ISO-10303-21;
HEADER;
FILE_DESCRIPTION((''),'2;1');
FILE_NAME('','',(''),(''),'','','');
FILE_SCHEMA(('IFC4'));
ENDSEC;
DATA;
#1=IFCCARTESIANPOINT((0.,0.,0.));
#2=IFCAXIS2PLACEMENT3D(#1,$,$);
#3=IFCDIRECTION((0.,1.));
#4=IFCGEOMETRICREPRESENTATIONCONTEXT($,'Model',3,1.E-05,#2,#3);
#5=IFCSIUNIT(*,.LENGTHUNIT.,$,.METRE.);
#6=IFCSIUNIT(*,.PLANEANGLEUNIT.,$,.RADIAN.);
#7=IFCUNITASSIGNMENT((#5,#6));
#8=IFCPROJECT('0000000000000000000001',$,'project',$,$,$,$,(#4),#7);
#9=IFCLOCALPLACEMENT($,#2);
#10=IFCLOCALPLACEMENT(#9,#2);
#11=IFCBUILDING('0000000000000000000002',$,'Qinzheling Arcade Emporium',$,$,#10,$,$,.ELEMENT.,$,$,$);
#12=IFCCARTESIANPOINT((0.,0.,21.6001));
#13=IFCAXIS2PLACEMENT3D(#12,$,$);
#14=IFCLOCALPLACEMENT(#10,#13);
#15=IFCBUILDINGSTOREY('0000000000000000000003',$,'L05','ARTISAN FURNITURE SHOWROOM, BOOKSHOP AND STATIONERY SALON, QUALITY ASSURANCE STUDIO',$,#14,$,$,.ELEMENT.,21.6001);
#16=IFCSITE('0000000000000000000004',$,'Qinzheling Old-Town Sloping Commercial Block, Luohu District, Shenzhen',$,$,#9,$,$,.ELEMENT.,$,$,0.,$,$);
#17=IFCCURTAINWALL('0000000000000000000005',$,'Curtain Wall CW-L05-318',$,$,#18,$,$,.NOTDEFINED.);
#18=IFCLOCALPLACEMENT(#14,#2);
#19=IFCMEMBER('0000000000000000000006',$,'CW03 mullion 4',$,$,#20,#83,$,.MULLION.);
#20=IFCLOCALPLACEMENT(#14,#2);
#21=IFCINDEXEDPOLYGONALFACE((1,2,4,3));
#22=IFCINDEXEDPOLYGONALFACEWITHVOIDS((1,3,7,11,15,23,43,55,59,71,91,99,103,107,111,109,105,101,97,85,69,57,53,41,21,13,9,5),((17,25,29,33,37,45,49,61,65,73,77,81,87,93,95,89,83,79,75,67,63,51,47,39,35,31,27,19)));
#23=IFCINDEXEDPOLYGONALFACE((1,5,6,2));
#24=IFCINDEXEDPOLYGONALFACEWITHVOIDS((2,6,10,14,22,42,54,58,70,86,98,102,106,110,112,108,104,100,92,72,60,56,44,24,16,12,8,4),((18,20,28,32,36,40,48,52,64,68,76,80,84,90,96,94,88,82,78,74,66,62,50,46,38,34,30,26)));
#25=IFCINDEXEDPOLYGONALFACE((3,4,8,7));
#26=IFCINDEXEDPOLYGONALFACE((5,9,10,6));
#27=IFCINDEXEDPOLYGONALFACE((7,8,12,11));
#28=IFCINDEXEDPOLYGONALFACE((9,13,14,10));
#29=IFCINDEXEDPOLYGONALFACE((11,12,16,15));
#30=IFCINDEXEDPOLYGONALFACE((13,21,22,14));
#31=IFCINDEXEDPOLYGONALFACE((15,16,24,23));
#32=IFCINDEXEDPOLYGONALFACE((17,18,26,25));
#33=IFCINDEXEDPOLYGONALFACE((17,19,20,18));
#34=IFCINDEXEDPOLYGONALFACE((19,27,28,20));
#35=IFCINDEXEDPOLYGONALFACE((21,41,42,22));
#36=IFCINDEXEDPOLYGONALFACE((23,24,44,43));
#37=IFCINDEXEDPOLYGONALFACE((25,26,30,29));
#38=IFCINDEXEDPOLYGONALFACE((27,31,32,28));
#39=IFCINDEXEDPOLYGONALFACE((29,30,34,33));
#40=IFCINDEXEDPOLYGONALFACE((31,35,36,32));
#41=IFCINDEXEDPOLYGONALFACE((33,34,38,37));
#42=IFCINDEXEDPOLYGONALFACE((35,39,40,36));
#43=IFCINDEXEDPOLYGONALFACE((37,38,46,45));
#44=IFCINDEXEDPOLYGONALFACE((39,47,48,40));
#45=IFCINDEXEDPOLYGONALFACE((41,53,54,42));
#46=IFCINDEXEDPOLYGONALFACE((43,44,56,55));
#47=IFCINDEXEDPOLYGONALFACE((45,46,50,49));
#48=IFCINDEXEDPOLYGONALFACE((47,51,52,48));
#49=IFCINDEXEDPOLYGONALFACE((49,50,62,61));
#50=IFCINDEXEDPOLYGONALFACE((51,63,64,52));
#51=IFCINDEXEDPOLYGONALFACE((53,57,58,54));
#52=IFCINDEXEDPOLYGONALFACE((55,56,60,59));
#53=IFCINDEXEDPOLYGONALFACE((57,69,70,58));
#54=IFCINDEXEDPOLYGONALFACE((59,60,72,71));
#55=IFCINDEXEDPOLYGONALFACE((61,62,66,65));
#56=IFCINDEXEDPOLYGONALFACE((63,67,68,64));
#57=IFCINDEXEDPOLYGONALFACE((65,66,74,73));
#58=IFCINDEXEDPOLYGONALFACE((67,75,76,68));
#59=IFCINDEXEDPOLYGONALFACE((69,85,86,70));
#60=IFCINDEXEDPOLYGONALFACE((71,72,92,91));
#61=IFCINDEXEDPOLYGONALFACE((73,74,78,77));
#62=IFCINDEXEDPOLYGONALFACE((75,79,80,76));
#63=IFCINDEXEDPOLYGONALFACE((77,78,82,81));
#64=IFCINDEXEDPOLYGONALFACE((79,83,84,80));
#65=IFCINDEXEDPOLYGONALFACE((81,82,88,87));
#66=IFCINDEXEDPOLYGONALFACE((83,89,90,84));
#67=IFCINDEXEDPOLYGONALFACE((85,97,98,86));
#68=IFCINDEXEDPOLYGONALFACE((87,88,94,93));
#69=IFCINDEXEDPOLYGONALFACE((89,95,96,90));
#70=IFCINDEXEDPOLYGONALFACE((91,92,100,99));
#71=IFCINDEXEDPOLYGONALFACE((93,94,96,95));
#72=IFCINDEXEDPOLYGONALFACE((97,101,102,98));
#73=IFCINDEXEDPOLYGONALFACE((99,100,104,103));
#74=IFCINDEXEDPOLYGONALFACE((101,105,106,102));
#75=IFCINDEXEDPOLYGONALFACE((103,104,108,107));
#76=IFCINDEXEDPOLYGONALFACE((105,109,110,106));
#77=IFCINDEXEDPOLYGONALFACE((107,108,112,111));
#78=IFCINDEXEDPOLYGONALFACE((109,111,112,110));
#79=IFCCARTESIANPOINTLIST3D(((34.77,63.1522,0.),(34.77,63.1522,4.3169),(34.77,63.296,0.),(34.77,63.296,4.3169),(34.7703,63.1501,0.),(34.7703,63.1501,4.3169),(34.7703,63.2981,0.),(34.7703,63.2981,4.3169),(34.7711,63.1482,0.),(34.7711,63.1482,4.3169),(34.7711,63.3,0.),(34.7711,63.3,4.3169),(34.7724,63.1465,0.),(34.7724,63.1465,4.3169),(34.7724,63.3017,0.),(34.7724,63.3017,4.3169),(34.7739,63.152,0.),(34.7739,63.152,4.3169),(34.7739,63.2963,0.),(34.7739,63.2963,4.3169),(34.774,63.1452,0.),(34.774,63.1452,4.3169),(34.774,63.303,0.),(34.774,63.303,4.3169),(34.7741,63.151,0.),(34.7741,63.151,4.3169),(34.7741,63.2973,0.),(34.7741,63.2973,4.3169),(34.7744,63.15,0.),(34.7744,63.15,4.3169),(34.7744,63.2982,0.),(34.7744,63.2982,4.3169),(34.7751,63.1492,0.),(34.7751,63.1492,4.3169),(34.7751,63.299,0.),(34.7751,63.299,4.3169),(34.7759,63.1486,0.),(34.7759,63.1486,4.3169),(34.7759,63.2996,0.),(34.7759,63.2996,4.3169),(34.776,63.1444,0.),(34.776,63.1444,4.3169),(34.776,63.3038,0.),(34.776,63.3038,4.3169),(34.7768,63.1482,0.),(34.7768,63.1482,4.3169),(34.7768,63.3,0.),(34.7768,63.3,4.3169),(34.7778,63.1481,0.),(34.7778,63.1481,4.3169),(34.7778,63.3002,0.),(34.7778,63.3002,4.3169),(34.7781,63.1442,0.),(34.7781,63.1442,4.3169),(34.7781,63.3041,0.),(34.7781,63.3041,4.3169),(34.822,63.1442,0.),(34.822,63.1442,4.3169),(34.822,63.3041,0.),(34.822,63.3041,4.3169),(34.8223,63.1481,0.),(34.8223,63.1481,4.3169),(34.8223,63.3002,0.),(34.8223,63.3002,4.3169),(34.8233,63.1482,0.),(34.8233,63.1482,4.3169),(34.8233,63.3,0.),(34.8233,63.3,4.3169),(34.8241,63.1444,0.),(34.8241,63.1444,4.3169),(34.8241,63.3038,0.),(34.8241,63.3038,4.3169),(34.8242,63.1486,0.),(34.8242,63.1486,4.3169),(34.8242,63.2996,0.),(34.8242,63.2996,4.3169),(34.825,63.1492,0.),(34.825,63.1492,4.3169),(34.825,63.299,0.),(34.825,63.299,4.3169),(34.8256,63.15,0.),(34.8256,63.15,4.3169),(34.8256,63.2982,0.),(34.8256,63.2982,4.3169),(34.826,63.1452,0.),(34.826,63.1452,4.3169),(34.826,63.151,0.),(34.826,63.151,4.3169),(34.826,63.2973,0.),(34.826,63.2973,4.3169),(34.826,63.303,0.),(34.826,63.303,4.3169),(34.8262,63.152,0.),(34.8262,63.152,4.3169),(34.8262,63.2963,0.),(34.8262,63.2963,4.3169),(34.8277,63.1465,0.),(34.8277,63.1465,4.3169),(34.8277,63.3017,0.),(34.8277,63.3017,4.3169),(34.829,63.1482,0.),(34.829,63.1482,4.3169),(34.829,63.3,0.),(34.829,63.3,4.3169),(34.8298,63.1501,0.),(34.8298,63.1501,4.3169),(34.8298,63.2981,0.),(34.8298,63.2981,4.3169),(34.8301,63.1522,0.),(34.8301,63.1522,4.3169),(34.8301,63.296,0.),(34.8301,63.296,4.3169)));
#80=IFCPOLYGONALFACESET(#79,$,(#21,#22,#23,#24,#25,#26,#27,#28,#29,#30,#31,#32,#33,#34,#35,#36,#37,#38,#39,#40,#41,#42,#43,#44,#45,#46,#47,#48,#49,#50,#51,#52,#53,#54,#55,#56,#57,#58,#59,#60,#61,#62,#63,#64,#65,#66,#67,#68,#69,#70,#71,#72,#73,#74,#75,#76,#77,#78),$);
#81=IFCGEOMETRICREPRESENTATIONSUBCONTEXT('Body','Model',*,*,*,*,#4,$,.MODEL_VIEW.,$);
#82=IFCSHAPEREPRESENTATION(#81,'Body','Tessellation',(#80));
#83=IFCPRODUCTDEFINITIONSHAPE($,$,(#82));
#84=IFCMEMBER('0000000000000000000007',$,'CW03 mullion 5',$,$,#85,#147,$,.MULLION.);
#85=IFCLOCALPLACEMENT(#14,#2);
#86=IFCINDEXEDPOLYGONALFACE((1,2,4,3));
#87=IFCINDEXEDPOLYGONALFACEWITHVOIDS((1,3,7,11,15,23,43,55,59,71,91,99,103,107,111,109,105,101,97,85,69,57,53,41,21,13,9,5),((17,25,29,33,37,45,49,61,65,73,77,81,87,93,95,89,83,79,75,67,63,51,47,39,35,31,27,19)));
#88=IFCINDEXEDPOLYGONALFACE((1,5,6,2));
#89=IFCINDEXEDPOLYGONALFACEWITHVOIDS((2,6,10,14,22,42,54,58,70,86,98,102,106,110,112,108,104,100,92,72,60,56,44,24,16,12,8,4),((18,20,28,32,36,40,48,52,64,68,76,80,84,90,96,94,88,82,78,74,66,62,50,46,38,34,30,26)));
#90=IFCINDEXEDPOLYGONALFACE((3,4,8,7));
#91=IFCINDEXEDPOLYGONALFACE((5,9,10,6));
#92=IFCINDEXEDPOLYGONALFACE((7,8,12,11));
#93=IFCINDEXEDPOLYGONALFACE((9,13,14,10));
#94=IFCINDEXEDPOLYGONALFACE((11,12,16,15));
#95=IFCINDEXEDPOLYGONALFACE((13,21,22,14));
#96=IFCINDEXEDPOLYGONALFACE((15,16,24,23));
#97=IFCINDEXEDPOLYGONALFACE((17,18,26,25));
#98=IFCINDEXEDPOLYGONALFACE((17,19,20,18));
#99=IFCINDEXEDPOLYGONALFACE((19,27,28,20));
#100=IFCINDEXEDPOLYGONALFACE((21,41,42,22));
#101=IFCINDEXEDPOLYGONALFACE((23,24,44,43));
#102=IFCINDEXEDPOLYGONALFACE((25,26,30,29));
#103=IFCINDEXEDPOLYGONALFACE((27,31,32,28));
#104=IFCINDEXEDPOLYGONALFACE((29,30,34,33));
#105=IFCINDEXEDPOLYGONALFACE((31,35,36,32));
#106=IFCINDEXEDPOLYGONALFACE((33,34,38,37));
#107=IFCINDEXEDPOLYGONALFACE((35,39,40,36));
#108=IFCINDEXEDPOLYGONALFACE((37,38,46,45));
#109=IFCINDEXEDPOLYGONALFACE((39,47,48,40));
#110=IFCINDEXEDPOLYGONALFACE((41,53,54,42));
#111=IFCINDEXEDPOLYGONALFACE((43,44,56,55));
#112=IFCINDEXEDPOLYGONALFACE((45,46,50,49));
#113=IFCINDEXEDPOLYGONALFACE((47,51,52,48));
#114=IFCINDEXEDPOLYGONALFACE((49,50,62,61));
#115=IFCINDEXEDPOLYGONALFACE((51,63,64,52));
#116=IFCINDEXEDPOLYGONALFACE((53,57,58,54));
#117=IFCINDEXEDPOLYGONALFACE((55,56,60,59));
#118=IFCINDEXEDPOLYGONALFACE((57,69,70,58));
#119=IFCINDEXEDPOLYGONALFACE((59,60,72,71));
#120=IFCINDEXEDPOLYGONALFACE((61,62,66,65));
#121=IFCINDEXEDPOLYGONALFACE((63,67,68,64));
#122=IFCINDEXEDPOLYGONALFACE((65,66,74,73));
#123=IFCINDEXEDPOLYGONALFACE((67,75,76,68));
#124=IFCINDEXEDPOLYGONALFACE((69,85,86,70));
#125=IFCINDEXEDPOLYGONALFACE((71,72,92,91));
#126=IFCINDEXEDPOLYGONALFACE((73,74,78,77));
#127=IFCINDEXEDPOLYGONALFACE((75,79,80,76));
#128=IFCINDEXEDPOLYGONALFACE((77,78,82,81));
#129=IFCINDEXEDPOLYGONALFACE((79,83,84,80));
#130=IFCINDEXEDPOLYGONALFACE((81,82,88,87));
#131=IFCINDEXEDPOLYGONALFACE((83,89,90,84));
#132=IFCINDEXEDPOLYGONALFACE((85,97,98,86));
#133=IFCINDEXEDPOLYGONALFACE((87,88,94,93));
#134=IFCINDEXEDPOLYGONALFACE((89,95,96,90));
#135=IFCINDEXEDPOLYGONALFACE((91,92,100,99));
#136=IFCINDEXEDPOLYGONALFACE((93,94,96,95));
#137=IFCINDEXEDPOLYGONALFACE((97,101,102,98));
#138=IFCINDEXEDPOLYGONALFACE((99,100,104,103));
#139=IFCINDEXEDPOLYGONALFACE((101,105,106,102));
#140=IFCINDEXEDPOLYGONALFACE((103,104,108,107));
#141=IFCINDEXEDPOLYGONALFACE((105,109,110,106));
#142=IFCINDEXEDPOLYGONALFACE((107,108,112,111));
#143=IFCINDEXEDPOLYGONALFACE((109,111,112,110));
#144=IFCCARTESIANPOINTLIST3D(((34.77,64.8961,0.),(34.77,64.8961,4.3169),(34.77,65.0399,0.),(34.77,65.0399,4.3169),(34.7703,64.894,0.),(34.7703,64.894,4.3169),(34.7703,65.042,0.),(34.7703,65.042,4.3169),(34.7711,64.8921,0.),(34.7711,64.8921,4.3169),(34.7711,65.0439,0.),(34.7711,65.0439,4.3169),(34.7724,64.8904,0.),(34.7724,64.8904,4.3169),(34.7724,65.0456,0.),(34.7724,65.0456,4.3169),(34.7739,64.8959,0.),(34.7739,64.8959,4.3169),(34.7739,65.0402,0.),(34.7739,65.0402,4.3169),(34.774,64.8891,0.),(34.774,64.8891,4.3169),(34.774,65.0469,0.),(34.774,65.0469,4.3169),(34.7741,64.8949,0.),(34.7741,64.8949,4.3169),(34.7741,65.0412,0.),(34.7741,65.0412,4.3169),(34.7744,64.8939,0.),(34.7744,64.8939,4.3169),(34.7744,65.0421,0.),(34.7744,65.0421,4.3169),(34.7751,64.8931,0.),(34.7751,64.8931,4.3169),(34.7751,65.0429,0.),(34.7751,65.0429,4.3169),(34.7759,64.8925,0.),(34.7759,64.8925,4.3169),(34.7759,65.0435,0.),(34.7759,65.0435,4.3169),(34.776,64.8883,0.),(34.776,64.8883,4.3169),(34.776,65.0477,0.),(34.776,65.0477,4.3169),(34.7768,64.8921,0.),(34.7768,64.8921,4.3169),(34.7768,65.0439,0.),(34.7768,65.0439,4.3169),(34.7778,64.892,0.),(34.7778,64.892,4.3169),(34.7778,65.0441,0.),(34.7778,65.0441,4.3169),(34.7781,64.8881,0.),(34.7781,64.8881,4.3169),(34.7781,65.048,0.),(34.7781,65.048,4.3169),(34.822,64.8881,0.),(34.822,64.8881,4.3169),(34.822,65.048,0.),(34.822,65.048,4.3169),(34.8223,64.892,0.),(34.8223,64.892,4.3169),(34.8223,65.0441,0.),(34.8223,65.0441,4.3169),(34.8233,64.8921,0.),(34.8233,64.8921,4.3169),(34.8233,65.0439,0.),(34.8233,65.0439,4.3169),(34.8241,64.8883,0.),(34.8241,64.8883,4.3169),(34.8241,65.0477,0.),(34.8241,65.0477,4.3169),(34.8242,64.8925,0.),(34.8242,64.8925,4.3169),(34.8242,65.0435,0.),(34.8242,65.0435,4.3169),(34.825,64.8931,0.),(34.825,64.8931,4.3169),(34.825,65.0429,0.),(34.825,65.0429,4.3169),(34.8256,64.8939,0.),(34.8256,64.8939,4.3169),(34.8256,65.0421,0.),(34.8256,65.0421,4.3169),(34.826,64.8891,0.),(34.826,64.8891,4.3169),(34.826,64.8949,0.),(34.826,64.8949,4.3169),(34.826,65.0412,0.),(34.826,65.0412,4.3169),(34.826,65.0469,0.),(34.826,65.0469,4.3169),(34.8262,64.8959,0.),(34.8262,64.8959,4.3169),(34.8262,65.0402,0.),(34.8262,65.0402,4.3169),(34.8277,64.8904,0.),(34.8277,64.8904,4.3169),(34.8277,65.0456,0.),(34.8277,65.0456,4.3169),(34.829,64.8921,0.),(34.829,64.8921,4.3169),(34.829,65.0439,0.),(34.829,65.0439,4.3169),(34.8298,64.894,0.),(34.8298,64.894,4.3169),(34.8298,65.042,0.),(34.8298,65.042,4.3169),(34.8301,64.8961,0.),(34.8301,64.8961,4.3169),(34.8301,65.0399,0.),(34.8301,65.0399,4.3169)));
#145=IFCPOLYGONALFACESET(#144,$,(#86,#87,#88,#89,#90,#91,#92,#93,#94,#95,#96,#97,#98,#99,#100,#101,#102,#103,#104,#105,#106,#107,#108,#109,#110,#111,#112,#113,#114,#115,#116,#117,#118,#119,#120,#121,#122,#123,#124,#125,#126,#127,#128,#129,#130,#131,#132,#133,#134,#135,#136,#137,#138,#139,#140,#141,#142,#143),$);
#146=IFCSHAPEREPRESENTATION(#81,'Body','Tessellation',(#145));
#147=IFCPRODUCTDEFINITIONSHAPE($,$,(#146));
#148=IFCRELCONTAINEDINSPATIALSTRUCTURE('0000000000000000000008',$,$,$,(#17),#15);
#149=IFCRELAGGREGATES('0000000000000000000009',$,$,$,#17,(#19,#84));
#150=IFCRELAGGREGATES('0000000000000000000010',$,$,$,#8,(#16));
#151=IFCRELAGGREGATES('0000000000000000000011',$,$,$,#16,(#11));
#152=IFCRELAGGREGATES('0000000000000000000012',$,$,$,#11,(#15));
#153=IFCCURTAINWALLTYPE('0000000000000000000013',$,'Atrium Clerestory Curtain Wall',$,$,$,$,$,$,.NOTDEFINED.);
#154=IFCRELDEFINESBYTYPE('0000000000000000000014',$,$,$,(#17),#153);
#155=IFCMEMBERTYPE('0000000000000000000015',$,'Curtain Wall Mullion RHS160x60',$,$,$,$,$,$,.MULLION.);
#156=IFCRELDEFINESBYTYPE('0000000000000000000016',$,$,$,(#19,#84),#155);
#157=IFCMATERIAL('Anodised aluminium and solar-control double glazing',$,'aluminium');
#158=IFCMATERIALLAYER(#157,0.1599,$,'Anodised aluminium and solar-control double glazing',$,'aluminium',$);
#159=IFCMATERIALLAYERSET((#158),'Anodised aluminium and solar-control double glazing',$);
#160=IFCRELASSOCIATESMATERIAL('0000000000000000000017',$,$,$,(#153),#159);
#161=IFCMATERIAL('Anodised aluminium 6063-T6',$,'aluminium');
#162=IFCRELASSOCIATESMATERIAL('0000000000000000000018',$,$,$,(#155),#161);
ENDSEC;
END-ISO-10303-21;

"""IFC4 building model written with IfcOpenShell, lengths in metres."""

from ifc_helpers import new_model, si_unit, direction, frame, origin, origin_2d, place, context, subcontext, project, spatial, hollow_rectangle, extrude, material, layer, layer_set, material_profile, profile_set, type_object, element, aggregate, save


model = new_model("IFC4")

# Units and contexts
model_context = context("Model", 3, precision=1e-05, world=origin(), true_north=direction((0.0, 1.0)))
body_context = subcontext(model_context, "Body", "Model", "MODEL_VIEW")
ifc_project = project(units=[si_unit("LENGTHUNIT", "METRE"), si_unit("PLANEANGLEUNIT", "RADIAN")], contexts=[model_context])

# Site, building, storey
site_placement = place(None, origin())
site = spatial("IfcSite", under=ifc_project, at=site_placement, Name="Qinzheling Old-Town Sloping Commercial Block, Luohu District, Shenzhen", CompositionType="ELEMENT", RefElevation=0.0)
building_placement = place(site_placement, origin())
building = spatial("IfcBuilding", under=site, at=building_placement, Name="Qinzheling Arcade Emporium", CompositionType="ELEMENT")
storey_placement = place(building_placement, frame((0.0, 0.0, 21.6001)))
storey = spatial("IfcBuildingStorey", under=building, at=storey_placement, Name="L05", Description="ARTISAN FURNITURE SHOWROOM, BOOKSHOP AND STATIONERY SALON, QUALITY ASSURANCE STUDIO", CompositionType="ELEMENT", Elevation=21.6001)

# Curtain wall, members
ifc_material_1 = material(Name="Anodised aluminium and solar-control double glazing", Category="aluminium")
ifc_layer_1 = layer(ifc_material_1, 0.1599, Name="Anodised aluminium and solar-control double glazing", Category="aluminium")
ifc_layer_set_1 = layer_set([ifc_layer_1], Name="Anodised aluminium and solar-control double glazing")
curtain_wall_type = type_object("IfcCurtainWallType", Name="Atrium Clerestory Curtain Wall", PredefinedType="NOTDEFINED", material=ifc_layer_set_1)
ifc_material_2 = material(Name="Anodised aluminium 6063-T6", Category="aluminium")
ifc_material_profile_1 = material_profile(ifc_material_2, hollow_rectangle(XDim=0.0601, YDim=0.1599, WallThickness=0.0039, InnerFilletRadius=0.0039, OuterFilletRadius=0.0081, at=origin_2d()), Name="RHS 160x60x4", Category="aluminium")
ifc_profile_set_1 = profile_set([ifc_material_profile_1], Name="Anodised aluminium 6063-T6")
member_type_1 = type_object("IfcMemberType", Name="Curtain Wall Mullion RHS160x60", PredefinedType="MULLION", material=ifc_profile_set_1)
curtain_wall_1_placement = place(storey_placement, origin())
curtain_wall_1 = element("IfcCurtainWall", 1, at=curtain_wall_1_placement, inside=storey, type_object=curtain_wall_type, Name="Curtain Wall CW-L05-318", PredefinedType="NOTDEFINED")
member_1_placement = place(storey_placement, frame((34.8, 63.2241, 0.0), z_axis=(0.0, 0.0, 1.0), x_axis=(-1.0, 0.0, 0.0)))
member_1 = element("IfcMember", 2, at=member_1_placement, type_object=member_type_1, Name="CW03 mullion 4", PredefinedType="MULLION", context=body_context, shape_type="SweptSolid", body=[
    extrude(hollow_rectangle(XDim=0.0601, YDim=0.1599, WallThickness=0.0039, InnerFilletRadius=0.0039, OuterFilletRadius=0.0081, at=origin_2d()), origin(), (0.0, 0.0, 1.0), 4.3169),
])
member_2_placement = place(storey_placement, frame((34.8, 64.968, 0.0), z_axis=(0.0, 0.0, 1.0), x_axis=(-1.0, 0.0, 0.0)))
member_2 = element("IfcMember", 3, at=member_2_placement, type_object=member_type_1, Name="CW03 mullion 5", PredefinedType="MULLION", context=body_context, shape_type="SweptSolid", body=[
    extrude(hollow_rectangle(XDim=0.0601, YDim=0.1599, WallThickness=0.0039, InnerFilletRadius=0.0039, OuterFilletRadius=0.0081, at=origin_2d()), origin(), (0.0, 0.0, 1.0), 4.3169),
])

aggregate(curtain_wall_1, [member_1, member_2])

save(model, "model.ifc")
